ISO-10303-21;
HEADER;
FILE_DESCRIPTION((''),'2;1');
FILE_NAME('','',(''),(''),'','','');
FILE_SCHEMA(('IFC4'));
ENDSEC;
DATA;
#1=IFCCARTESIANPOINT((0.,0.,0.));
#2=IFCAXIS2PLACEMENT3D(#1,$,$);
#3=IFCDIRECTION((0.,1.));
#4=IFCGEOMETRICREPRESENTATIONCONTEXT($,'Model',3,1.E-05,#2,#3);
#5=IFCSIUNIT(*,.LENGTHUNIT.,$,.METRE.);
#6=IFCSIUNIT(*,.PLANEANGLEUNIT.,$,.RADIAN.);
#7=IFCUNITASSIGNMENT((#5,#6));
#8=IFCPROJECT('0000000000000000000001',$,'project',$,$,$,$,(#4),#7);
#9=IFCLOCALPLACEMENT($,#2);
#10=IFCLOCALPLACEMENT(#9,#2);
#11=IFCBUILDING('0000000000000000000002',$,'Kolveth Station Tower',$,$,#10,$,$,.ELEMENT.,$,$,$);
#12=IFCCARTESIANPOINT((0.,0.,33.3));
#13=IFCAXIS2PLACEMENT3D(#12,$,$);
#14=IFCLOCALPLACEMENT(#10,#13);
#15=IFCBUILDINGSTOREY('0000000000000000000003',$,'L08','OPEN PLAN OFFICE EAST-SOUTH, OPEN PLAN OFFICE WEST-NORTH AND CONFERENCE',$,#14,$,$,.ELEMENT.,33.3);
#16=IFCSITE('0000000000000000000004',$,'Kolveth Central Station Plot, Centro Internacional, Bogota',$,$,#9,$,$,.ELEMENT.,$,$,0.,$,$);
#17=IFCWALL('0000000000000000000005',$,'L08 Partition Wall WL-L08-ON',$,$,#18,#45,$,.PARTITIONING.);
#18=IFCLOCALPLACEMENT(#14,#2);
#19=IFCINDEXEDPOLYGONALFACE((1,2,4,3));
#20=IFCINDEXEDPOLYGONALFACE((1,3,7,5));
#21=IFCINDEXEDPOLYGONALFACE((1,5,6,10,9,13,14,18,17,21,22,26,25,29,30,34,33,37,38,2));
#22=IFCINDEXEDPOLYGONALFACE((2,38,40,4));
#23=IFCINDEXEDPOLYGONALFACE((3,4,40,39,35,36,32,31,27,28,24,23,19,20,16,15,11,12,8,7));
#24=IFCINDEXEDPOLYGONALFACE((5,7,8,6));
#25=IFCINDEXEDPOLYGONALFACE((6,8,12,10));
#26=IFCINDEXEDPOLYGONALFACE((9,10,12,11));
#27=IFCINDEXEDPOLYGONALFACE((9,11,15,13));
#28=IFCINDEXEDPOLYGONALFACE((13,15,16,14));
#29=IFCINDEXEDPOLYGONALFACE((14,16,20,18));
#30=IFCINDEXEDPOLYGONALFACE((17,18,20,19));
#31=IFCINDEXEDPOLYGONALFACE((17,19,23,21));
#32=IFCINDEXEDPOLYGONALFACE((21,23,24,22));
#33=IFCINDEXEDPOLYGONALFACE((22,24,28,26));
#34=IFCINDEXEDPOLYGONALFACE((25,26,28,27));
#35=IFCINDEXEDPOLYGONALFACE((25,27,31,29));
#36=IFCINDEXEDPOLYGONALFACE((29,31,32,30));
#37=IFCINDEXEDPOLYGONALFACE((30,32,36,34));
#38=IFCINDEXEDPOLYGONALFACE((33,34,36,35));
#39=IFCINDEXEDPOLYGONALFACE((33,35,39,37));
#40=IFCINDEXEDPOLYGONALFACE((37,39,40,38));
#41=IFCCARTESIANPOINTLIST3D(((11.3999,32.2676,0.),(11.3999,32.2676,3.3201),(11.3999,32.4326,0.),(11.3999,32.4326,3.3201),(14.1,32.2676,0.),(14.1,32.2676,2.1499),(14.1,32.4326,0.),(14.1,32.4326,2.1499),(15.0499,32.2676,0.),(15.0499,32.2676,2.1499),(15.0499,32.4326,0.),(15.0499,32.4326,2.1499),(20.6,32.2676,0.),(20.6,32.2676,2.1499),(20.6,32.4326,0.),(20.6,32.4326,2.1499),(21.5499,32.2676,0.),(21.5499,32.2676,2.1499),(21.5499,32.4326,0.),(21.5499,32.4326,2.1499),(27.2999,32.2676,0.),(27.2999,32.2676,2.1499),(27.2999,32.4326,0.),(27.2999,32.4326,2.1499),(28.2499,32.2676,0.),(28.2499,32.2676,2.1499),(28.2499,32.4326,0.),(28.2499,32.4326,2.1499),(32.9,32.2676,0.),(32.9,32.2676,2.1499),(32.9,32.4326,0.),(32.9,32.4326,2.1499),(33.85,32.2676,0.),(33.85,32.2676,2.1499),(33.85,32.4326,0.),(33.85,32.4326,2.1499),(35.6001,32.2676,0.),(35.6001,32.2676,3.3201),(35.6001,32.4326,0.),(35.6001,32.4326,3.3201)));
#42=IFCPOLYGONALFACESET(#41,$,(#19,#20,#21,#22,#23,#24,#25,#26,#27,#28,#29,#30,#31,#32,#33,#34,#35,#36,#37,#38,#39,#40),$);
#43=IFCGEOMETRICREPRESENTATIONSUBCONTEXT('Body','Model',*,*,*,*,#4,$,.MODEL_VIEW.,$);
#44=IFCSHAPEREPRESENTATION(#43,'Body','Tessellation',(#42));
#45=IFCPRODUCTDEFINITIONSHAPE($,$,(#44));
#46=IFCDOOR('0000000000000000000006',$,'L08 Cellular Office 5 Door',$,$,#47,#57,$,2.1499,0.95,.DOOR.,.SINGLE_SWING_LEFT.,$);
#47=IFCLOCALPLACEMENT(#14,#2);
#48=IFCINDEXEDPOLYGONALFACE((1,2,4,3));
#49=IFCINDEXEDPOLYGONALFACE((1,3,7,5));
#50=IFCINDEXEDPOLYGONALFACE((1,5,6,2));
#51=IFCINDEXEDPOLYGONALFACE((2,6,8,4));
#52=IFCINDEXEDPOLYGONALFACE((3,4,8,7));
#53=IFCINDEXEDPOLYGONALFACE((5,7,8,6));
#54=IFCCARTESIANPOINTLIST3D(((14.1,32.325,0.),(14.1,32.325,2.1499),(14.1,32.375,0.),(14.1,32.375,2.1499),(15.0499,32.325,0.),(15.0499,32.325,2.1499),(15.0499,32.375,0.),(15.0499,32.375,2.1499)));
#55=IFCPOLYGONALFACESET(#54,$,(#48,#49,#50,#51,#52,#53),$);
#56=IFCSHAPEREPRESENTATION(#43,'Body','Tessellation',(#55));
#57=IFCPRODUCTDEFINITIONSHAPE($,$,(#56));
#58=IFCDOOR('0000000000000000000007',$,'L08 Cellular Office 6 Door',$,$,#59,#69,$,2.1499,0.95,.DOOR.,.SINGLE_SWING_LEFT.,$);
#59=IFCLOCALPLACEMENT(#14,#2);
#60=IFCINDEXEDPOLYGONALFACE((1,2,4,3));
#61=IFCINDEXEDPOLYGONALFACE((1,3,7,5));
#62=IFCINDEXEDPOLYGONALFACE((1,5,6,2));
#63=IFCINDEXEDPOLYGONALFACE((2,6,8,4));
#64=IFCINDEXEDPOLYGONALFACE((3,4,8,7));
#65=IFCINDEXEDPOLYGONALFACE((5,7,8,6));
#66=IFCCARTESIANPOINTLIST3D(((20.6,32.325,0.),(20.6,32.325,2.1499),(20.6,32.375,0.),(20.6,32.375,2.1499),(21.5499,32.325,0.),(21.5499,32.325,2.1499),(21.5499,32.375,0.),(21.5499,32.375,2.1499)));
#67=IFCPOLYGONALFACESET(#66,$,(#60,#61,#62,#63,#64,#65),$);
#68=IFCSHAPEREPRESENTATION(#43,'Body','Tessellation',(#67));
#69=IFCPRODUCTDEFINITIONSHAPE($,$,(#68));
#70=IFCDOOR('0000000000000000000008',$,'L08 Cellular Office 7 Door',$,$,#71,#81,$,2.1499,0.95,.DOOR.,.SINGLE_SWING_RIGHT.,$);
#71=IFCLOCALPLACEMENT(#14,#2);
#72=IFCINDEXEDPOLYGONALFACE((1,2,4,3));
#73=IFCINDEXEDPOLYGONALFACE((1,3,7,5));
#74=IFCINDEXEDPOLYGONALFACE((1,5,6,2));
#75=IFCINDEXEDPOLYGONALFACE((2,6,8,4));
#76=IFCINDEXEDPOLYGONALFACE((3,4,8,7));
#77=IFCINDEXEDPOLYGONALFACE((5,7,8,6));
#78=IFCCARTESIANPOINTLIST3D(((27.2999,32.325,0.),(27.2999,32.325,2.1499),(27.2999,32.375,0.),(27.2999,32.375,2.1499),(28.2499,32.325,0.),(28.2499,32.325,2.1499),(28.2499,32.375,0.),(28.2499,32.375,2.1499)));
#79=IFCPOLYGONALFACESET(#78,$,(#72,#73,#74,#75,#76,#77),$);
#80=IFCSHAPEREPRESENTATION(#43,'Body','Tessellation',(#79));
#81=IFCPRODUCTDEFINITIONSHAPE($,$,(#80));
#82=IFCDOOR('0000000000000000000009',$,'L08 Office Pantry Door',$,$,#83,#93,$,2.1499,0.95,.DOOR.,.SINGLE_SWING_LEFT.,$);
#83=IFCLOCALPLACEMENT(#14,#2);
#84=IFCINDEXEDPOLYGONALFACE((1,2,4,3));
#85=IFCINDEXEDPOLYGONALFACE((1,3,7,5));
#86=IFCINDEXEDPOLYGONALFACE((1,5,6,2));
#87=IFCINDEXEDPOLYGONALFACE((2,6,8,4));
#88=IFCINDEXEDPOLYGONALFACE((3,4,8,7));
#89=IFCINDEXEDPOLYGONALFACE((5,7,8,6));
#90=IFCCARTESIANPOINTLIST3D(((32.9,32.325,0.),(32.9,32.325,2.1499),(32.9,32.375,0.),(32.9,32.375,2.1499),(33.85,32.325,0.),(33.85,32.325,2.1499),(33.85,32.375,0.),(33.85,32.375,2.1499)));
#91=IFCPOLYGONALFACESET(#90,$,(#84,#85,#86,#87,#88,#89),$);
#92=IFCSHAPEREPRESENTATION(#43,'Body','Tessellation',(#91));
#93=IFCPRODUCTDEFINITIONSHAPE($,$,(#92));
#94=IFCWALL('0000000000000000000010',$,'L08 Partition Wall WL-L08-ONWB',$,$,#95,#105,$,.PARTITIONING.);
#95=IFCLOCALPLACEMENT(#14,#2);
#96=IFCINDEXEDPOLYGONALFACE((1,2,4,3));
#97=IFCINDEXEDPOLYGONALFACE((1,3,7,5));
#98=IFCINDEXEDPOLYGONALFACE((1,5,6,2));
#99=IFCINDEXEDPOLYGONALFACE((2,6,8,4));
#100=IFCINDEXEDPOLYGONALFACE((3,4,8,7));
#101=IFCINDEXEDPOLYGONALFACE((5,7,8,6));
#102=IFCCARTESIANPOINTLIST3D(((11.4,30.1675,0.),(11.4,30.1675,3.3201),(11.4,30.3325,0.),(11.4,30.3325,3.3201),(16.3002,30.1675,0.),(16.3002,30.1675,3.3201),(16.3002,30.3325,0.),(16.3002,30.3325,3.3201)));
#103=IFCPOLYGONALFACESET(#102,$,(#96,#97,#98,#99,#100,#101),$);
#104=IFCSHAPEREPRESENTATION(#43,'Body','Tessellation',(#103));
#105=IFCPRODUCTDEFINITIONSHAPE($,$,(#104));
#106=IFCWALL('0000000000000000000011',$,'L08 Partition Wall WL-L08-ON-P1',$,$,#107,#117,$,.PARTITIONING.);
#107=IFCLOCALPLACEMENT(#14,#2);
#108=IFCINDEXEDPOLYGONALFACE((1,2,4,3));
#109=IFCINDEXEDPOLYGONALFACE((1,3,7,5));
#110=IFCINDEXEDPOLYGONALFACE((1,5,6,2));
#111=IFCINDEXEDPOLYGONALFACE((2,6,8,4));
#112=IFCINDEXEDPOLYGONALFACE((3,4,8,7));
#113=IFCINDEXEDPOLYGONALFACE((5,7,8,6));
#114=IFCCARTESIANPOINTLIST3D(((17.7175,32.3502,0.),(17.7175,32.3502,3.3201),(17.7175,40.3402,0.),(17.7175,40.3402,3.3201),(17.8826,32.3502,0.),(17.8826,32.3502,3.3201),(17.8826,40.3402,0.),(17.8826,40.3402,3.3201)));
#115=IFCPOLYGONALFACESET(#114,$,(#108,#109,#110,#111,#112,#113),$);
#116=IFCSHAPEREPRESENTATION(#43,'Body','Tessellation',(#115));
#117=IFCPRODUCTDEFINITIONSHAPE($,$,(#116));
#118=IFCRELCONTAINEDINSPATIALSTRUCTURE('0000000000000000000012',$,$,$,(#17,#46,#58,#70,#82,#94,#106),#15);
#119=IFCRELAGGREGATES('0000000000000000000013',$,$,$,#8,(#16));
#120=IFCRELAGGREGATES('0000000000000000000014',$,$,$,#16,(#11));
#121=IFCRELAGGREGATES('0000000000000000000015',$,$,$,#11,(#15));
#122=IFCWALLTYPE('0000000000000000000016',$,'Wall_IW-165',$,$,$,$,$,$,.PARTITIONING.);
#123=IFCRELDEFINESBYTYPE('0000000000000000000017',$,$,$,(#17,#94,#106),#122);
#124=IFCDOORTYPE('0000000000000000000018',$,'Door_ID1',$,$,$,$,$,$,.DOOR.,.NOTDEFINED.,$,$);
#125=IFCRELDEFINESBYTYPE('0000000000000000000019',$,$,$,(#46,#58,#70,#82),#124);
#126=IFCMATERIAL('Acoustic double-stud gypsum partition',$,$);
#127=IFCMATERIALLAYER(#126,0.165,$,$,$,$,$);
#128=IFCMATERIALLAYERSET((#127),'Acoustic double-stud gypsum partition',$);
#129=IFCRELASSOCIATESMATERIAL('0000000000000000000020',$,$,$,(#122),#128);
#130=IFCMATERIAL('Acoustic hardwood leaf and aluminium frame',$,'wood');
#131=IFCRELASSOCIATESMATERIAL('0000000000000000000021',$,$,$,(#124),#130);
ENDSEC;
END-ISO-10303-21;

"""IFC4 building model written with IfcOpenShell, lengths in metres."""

from ifc_helpers import new_model, si_unit, direction, frame, frame_2d, origin, place, context, subcontext, project, spatial, rectangle, extrude, material, layer, layer_set, type_object, element, fill, save


model = new_model("IFC4")

# Units and contexts
model_context = context("Model", 3, precision=1e-05, world=origin(), true_north=direction((0.0, 1.0)))
body_context = subcontext(model_context, "Body", "Model", "MODEL_VIEW")
ifc_project = project(units=[si_unit("LENGTHUNIT", "METRE"), si_unit("PLANEANGLEUNIT", "RADIAN")], contexts=[model_context])

# Site, building, storey
site_placement = place(None, origin())
site = spatial("IfcSite", under=ifc_project, at=site_placement, Name="Kolveth Central Station Plot, Centro Internacional, Bogota", CompositionType="ELEMENT", RefElevation=0.0)
building_placement = place(site_placement, origin())
building = spatial("IfcBuilding", under=site, at=building_placement, Name="Kolveth Station Tower", CompositionType="ELEMENT")
storey_placement = place(building_placement, frame((0.0, 0.0, 33.3)))
storey = spatial("IfcBuildingStorey", under=building, at=storey_placement, Name="L08", Description="OPEN PLAN OFFICE EAST-SOUTH, OPEN PLAN OFFICE WEST-NORTH AND CONFERENCE", CompositionType="ELEMENT", Elevation=33.3)

# Wall, openings, doors
ifc_material_1 = material(Name="Acoustic double-stud gypsum partition")
ifc_layer_1 = layer(ifc_material_1, 0.165)
ifc_layer_set_1 = layer_set([ifc_layer_1], Name="Acoustic double-stud gypsum partition")
wall_type = type_object("IfcWallType", Name="Wall_IW-165", PredefinedType="PARTITIONING", material=ifc_layer_set_1)
wall_1_placement = place(storey_placement, frame((11.3999, 32.3501, 0.0), z_axis=(0.0, 0.0, 1.0), x_axis=(1.0, 0.0, 0.0)))
wall_1 = element("IfcWall", 1, at=wall_1_placement, inside=storey, type_object=wall_type, Name="L08 Partition Wall WL-L08-ON", PredefinedType="PARTITIONING", context=body_context, shape_type="SweptSolid", body=[
    extrude(rectangle(XDim=24.2002, YDim=0.165, at=frame_2d((12.1001, 0.0))), origin(), (0.0, 0.0, 1.0), 3.3201),
])
opening_1_placement = place(wall_1_placement, frame((2.7, 0.0, 0.0)))
opening_1 = element("IfcOpeningElement", 2, at=opening_1_placement, cuts=wall_1, PredefinedType="OPENING", context=body_context, shape_type="SweptSolid", body=[
    extrude(rectangle(XDim=0.95, YDim=2.1499, at=frame_2d((0.4751, 1.075))), frame((0.0, 0.0925, 0.0), z_axis=(0.0, -1.0, 0.0), x_axis=(1.0, 0.0, 0.0)), (0.0, 0.0, 1.0), 0.1851),
])
opening_2_placement = place(wall_1_placement, frame((9.2, 0.0, 0.0)))
opening_2 = element("IfcOpeningElement", 3, at=opening_2_placement, cuts=wall_1, PredefinedType="OPENING", context=body_context, shape_type="SweptSolid", body=[
    extrude(rectangle(XDim=0.95, YDim=2.1499, at=frame_2d((0.4751, 1.075))), frame((0.0, 0.0925, 0.0), z_axis=(0.0, -1.0, 0.0), x_axis=(1.0, 0.0, 0.0)), (0.0, 0.0, 1.0), 0.1851),
])
opening_3_placement = place(wall_1_placement, frame((15.8999, 0.0, 0.0)))
opening_3 = element("IfcOpeningElement", 4, at=opening_3_placement, cuts=wall_1, PredefinedType="OPENING", context=body_context, shape_type="SweptSolid", body=[
    extrude(rectangle(XDim=0.95, YDim=2.1499, at=frame_2d((0.4751, 1.075))), frame((0.0, 0.0925, 0.0), z_axis=(0.0, -1.0, 0.0), x_axis=(1.0, 0.0, 0.0)), (0.0, 0.0, 1.0), 0.1851),
])
opening_4_placement = place(wall_1_placement, frame((21.5, 0.0, 0.0)))
opening_4 = element("IfcOpeningElement", 5, at=opening_4_placement, cuts=wall_1, PredefinedType="OPENING", context=body_context, shape_type="SweptSolid", body=[
    extrude(rectangle(XDim=0.95, YDim=2.1499, at=frame_2d((0.4751, 1.075))), frame((0.0, 0.0925, 0.0), z_axis=(0.0, -1.0, 0.0), x_axis=(1.0, 0.0, 0.0)), (0.0, 0.0, 1.0), 0.1851),
])
ifc_material_2 = material(Name="Acoustic hardwood leaf and aluminium frame", Category="wood")
door_type = type_object("IfcDoorType", Name="Door_ID1", OperationType="NOTDEFINED", PredefinedType="DOOR", material=ifc_material_2)
door_1_placement = place(opening_1_placement, origin())
door_1 = element("IfcDoor", 6, at=door_1_placement, inside=storey, type_object=door_type, Name="L08 Cellular Office 5 Door", OperationType="SINGLE_SWING_LEFT", OverallHeight=2.1499, OverallWidth=0.95, PredefinedType="DOOR", context=body_context, shape_type="SweptSolid", body=[
    extrude(rectangle(XDim=0.95, YDim=2.1499, at=frame_2d((0.4751, 1.075))), frame((0.0, 0.0249, 0.0), z_axis=(0.0, -1.0, 0.0), x_axis=(1.0, 0.0, 0.0)), (0.0, 0.0, 1.0), 0.05),
])
fill(opening_1, door_1)
door_2_placement = place(opening_2_placement, origin())
door_2 = element("IfcDoor", 7, at=door_2_placement, inside=storey, type_object=door_type, Name="L08 Cellular Office 6 Door", OperationType="SINGLE_SWING_LEFT", OverallHeight=2.1499, OverallWidth=0.95, PredefinedType="DOOR", context=body_context, shape_type="SweptSolid", body=[
    extrude(rectangle(XDim=0.95, YDim=2.1499, at=frame_2d((0.4751, 1.075))), frame((0.0, 0.0249, 0.0), z_axis=(0.0, -1.0, 0.0), x_axis=(1.0, 0.0, 0.0)), (0.0, 0.0, 1.0), 0.05),
])
fill(opening_2, door_2)
door_3_placement = place(opening_3_placement, origin())
door_3 = element("IfcDoor", 8, at=door_3_placement, inside=storey, type_object=door_type, Name="L08 Cellular Office 7 Door", OperationType="SINGLE_SWING_RIGHT", OverallHeight=2.1499, OverallWidth=0.95, PredefinedType="DOOR", context=body_context, shape_type="SweptSolid", body=[
    extrude(rectangle(XDim=0.95, YDim=2.1499, at=frame_2d((0.4751, 1.075))), frame((0.0, 0.0249, 0.0), z_axis=(0.0, -1.0, 0.0), x_axis=(1.0, 0.0, 0.0)), (0.0, 0.0, 1.0), 0.05),
])
fill(opening_3, door_3)
door_4_placement = place(opening_4_placement, origin())
door_4 = element("IfcDoor", 9, at=door_4_placement, inside=storey, type_object=door_type, Name="L08 Office Pantry Door", OperationType="SINGLE_SWING_LEFT", OverallHeight=2.1499, OverallWidth=0.95, PredefinedType="DOOR", context=body_context, shape_type="SweptSolid", body=[
    extrude(rectangle(XDim=0.95, YDim=2.1499, at=frame_2d((0.4751, 1.075))), frame((0.0, 0.0249, 0.0), z_axis=(0.0, -1.0, 0.0), x_axis=(1.0, 0.0, 0.0)), (0.0, 0.0, 1.0), 0.05),
])
fill(opening_4, door_4)

# Walls
wall_2_placement = place(storey_placement, frame((11.3999, 30.25, 0.0), z_axis=(0.0, 0.0, 1.0), x_axis=(1.0, 0.0, 0.0)))
element("IfcWall", 10, at=wall_2_placement, inside=storey, type_object=wall_type, Name="L08 Partition Wall WL-L08-ONWB", PredefinedType="PARTITIONING", context=body_context, shape_type="SweptSolid", body=[
    extrude(rectangle(XDim=4.9001, YDim=0.165, at=frame_2d((2.4502, 0.0))), origin(), (0.0, 0.0, 1.0), 3.3201),
])
wall_3_placement = place(storey_placement, frame((17.8, 32.3501, 0.0), z_axis=(0.0, 0.0, 1.0), x_axis=(0.0, 1.0, 0.0)))
element("IfcWall", 11, at=wall_3_placement, inside=storey, type_object=wall_type, Name="L08 Partition Wall WL-L08-ON-P1", PredefinedType="PARTITIONING", context=body_context, shape_type="SweptSolid", body=[
    extrude(rectangle(XDim=7.99, YDim=0.165, at=frame_2d((3.9951, 0.0))), origin(), (0.0, 0.0, 1.0), 3.3201),
])

save(model, "model.ifc")
